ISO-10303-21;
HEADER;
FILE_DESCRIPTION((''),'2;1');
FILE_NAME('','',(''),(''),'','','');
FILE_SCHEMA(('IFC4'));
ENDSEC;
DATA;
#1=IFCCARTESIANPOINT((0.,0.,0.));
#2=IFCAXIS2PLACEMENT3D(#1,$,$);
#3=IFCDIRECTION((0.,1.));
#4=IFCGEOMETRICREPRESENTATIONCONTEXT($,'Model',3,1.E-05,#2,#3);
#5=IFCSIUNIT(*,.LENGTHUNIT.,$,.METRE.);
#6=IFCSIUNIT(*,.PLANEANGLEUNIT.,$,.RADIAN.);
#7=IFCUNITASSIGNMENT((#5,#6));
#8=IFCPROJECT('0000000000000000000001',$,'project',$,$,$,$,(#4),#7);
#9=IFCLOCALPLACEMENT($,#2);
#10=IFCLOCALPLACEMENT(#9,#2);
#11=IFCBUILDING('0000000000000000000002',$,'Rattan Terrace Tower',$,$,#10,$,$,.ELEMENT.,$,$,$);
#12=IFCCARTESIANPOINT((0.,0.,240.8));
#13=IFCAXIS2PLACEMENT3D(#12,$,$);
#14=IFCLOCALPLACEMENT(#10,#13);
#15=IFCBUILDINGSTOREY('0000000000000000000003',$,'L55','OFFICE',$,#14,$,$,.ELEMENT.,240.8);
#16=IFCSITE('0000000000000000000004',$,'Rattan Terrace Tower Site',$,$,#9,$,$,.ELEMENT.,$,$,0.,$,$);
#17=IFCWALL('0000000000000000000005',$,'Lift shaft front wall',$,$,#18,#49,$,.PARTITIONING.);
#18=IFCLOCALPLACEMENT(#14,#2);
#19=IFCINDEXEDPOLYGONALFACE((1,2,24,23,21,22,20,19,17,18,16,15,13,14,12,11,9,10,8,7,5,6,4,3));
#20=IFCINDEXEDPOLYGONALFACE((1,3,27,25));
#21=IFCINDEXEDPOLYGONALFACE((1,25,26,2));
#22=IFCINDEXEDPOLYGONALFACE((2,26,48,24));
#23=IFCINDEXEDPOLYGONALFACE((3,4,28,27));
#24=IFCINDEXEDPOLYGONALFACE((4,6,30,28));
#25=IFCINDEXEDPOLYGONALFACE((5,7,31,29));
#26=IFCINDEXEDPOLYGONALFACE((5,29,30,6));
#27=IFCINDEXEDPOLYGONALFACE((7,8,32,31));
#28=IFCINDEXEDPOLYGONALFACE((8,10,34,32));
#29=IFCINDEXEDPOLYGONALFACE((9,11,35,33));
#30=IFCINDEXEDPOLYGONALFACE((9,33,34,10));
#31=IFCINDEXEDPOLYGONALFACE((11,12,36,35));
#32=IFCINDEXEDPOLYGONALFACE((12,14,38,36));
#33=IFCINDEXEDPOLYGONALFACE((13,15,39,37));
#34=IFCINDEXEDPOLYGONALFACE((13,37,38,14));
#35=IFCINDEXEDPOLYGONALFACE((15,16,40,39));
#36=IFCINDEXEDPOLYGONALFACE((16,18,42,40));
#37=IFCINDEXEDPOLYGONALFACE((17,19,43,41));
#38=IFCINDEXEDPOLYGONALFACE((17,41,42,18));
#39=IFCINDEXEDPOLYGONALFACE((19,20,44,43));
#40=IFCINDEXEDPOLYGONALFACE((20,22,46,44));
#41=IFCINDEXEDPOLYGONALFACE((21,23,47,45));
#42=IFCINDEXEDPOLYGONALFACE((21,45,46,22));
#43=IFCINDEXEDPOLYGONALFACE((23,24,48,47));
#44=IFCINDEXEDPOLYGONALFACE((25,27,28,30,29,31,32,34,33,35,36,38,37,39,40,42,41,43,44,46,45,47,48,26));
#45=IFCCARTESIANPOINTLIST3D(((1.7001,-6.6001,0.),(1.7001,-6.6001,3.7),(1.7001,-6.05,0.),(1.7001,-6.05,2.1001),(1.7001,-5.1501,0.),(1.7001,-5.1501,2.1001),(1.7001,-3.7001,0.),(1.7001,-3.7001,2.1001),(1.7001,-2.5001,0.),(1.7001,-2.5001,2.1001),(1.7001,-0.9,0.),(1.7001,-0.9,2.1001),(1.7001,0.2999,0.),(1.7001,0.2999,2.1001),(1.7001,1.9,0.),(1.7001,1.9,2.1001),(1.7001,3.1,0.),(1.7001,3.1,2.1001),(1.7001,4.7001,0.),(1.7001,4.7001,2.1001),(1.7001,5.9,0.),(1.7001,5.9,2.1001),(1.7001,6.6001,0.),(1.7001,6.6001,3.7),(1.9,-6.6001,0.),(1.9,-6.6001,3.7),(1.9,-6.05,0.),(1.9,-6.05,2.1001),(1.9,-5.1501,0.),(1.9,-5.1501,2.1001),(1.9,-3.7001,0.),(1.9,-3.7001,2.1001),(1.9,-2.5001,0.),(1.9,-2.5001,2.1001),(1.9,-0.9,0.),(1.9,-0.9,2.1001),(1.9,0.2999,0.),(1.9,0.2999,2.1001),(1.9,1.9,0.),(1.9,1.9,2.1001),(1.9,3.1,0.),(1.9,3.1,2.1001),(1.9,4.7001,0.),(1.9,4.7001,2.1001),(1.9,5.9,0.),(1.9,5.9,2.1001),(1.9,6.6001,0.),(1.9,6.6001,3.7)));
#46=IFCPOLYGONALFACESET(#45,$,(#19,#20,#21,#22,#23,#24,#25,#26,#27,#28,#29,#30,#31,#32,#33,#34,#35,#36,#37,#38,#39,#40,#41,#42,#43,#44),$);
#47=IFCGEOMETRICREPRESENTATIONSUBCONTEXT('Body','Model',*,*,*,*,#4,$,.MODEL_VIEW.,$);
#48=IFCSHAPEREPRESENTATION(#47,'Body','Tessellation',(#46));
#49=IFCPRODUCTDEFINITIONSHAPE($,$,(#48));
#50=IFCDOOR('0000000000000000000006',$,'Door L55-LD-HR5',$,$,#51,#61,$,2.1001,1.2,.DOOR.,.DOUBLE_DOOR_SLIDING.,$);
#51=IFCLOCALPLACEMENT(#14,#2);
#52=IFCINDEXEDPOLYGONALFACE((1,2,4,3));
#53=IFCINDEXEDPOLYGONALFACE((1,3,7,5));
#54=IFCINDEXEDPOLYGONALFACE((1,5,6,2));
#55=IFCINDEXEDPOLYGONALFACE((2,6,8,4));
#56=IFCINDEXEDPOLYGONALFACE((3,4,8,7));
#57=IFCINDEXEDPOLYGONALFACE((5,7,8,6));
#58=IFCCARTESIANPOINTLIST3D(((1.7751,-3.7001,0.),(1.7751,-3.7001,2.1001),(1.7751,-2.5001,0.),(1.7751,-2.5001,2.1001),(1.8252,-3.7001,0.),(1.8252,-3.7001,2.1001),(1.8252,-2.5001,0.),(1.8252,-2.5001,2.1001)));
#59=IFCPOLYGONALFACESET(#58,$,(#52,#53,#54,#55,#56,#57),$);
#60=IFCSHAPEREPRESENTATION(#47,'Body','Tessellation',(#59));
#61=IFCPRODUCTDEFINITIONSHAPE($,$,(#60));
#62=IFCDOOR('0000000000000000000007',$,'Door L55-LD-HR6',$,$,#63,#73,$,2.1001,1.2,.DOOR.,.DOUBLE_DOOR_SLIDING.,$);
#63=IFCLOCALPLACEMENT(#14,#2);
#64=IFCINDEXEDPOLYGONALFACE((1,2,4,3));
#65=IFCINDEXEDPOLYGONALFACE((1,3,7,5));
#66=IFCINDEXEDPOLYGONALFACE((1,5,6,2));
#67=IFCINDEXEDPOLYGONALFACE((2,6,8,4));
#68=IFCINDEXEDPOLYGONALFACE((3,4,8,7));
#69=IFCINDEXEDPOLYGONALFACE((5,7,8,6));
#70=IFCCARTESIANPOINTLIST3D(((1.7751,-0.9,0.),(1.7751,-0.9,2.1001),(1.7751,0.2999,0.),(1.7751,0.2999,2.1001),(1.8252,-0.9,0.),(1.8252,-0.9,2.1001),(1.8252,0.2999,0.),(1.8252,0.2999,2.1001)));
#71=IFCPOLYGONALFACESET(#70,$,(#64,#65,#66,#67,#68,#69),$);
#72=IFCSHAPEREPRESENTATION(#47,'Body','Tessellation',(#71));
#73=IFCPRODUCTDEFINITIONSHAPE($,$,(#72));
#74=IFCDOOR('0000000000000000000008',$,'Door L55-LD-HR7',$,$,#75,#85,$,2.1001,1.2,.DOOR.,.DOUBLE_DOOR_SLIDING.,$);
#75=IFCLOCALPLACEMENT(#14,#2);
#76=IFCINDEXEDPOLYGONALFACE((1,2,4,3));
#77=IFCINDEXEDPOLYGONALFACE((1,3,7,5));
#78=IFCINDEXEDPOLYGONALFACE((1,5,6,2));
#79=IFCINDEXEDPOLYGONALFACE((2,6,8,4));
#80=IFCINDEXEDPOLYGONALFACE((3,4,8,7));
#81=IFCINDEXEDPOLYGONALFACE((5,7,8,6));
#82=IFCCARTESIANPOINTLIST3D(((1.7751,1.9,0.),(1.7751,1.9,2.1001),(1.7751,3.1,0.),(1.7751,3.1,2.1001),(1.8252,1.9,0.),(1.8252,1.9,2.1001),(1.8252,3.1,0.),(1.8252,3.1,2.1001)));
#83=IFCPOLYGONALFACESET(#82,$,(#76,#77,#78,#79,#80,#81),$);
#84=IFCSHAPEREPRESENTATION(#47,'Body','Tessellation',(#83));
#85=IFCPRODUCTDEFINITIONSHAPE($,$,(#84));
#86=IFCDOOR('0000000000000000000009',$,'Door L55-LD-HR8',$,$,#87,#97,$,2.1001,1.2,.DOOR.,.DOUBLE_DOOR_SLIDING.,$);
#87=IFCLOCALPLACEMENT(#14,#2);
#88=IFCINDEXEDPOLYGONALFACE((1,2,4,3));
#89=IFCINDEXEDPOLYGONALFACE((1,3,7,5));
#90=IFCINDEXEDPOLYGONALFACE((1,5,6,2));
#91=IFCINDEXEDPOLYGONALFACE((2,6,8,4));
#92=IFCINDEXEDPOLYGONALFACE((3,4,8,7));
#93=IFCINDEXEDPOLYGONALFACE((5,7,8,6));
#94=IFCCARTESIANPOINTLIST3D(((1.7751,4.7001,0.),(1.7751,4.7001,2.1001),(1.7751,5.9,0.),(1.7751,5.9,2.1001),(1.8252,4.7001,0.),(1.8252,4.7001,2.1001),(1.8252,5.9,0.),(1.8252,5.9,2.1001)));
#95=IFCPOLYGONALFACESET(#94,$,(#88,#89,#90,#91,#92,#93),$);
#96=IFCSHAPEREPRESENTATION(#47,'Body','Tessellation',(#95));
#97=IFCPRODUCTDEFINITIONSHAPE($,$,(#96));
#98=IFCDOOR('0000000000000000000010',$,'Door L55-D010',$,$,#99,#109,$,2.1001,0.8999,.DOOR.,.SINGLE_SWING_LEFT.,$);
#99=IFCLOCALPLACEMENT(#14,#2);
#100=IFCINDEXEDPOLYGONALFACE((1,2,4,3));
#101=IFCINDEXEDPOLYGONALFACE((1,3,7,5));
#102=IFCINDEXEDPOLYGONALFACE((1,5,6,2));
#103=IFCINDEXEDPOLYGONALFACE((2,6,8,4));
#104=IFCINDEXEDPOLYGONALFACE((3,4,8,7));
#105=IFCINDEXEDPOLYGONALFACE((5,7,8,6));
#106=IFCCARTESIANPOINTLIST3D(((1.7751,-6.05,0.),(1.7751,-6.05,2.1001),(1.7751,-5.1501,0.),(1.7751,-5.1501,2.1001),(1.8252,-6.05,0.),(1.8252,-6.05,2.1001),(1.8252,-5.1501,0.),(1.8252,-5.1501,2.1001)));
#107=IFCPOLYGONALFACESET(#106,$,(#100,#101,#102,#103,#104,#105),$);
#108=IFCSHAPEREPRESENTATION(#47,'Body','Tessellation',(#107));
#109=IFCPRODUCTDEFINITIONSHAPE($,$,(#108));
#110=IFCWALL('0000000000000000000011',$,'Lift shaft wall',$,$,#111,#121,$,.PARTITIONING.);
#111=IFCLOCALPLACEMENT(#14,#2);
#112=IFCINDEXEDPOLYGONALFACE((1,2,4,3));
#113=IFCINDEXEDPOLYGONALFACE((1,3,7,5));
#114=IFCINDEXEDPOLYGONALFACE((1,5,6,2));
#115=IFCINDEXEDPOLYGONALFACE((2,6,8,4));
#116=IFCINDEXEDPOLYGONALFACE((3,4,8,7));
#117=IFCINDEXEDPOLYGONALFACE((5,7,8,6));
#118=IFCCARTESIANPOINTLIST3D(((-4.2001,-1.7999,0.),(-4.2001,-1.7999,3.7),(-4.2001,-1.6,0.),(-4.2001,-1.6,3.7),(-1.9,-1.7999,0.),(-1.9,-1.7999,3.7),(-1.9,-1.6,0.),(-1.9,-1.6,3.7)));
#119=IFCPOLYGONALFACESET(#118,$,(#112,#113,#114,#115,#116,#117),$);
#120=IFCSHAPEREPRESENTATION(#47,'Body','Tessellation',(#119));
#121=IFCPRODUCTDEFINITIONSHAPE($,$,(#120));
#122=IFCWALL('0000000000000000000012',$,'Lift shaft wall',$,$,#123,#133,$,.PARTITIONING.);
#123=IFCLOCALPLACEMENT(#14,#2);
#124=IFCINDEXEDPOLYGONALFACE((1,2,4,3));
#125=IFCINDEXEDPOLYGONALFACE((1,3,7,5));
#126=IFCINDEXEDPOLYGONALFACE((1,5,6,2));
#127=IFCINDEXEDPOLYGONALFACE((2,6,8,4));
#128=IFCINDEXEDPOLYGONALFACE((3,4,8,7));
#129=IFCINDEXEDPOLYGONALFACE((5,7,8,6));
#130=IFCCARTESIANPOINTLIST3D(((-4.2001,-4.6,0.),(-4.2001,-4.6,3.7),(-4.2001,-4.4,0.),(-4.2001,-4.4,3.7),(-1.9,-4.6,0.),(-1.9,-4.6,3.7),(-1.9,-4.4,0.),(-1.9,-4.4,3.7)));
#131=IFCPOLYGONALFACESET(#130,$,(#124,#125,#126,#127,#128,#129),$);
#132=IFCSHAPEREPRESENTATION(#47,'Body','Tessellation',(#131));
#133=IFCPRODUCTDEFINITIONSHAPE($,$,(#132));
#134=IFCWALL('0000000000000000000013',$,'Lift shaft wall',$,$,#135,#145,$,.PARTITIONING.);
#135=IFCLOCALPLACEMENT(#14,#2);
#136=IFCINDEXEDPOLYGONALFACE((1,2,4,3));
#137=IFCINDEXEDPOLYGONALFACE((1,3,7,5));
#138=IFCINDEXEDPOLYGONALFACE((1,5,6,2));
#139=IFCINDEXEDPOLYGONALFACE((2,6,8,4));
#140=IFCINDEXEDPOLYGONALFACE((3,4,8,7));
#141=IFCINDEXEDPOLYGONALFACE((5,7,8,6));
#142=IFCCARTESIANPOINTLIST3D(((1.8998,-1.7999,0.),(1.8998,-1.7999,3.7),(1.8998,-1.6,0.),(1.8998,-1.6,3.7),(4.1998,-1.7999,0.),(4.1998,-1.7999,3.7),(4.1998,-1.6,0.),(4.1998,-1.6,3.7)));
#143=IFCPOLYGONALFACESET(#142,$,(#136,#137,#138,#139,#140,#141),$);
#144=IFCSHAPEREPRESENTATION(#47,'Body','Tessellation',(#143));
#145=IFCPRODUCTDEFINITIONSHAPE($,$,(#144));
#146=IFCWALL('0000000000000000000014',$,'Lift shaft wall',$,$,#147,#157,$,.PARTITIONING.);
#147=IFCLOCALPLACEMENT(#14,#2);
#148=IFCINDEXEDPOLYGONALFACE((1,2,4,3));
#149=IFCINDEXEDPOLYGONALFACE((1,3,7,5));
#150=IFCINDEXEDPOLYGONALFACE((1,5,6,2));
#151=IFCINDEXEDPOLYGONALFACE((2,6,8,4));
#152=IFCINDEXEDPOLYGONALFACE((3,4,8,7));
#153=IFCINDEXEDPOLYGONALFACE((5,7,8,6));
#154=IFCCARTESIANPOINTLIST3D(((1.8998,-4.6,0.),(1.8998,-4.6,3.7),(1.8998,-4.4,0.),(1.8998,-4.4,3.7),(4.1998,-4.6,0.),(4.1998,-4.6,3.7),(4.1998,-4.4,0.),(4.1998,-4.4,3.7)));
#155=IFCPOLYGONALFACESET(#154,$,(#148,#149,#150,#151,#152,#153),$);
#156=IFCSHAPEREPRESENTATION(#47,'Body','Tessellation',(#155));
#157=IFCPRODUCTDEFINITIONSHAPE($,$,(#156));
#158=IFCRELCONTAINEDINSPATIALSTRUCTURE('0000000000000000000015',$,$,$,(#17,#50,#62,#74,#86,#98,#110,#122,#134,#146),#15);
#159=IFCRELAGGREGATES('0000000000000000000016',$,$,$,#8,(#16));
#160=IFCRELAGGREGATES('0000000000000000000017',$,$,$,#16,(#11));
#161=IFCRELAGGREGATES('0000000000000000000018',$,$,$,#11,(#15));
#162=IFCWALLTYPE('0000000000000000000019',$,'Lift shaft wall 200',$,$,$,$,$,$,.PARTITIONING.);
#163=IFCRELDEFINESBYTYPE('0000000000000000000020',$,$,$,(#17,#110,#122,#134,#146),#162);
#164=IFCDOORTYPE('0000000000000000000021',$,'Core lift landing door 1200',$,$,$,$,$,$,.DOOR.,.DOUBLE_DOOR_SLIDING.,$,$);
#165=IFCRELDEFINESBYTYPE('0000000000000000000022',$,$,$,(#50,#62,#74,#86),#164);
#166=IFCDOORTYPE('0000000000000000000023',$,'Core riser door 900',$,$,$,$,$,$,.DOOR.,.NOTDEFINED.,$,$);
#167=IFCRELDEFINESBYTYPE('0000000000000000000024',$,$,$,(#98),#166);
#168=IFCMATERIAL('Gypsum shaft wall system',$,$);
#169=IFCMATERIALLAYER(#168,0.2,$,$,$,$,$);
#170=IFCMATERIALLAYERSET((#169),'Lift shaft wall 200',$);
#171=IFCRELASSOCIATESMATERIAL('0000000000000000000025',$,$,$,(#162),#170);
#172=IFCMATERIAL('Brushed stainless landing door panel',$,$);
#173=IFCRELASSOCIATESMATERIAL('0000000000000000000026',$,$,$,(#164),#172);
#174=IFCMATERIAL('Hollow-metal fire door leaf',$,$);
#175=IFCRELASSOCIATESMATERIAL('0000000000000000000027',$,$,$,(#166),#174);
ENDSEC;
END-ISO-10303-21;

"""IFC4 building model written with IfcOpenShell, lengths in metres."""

from ifc_helpers import new_model, si_unit, direction, frame, frame_2d, origin, place, context, subcontext, project, spatial, rectangle, extrude, material, layer, layer_set, type_object, element, fill, save


model = new_model("IFC4")

# Units and contexts
model_context = context("Model", 3, precision=1e-05, world=origin(), true_north=direction((0.0, 1.0)))
body_context = subcontext(model_context, "Body", "Model", "MODEL_VIEW")
ifc_project = project(units=[si_unit("LENGTHUNIT", "METRE"), si_unit("PLANEANGLEUNIT", "RADIAN")], contexts=[model_context])

# Site, building, storey
site_placement = place(None, origin())
site = spatial("IfcSite", under=ifc_project, at=site_placement, Name="Rattan Terrace Tower Site", CompositionType="ELEMENT", RefElevation=0.0)
building_placement = place(site_placement, origin())
building = spatial("IfcBuilding", under=site, at=building_placement, Name="Rattan Terrace Tower", CompositionType="ELEMENT")
storey_placement = place(building_placement, frame((0.0, 0.0, 240.8)))
storey = spatial("IfcBuildingStorey", under=building, at=storey_placement, Name="L55", Description="OFFICE", CompositionType="ELEMENT", Elevation=240.8)

# Wall, openings, doors
ifc_material_1 = material(Name="Gypsum shaft wall system")
ifc_layer_1 = layer(ifc_material_1, 0.2)
ifc_layer_set_1 = layer_set([ifc_layer_1], Name="Lift shaft wall 200")
wall_type_1 = type_object("IfcWallType", Name="Lift shaft wall 200", PredefinedType="PARTITIONING", material=ifc_layer_set_1)
ifc_material_2 = material(Name="Brushed stainless landing door panel")
door_type_1 = type_object("IfcDoorType", Name="Core lift landing door 1200", OperationType="DOUBLE_DOOR_SLIDING", PredefinedType="DOOR", material=ifc_material_2)
ifc_material_3 = material(Name="Hollow-metal fire door leaf")
door_type_2 = type_object("IfcDoorType", Name="Core riser door 900", OperationType="NOTDEFINED", PredefinedType="DOOR", material=ifc_material_3)
wall_1_placement = place(storey_placement, frame((1.8, -6.6001, 0.0), z_axis=(0.0, 0.0, 1.0), x_axis=(0.0, 1.0, 0.0)))
wall_1 = element("IfcWall", 1, at=wall_1_placement, inside=storey, type_object=wall_type_1, Name="Lift shaft front wall", PredefinedType="PARTITIONING", context=body_context, shape_type="SweptSolid", body=[
    extrude(rectangle(XDim=13.2002, YDim=0.2, at=frame_2d((6.6001, 0.0))), origin(), (0.0, 0.0, 1.0), 3.7),
])
opening_1_placement = place(wall_1_placement, frame((0.55, 0.0, 0.0)))
opening_1 = element("IfcOpeningElement", 2, at=opening_1_placement, cuts=wall_1, PredefinedType="OPENING", context=body_context, shape_type="SweptSolid", body=[
    extrude(rectangle(XDim=0.8999, YDim=2.1001, at=frame_2d((0.45, 1.05))), frame((0.0, 0.1106, 0.0), z_axis=(0.0, -1.0, 0.0), x_axis=(1.0, 0.0, 0.0)), (0.0, 0.0, 1.0), 0.2209),
])
opening_2_placement = place(wall_1_placement, frame((2.8999, 0.0, 0.0)))
opening_2 = element("IfcOpeningElement", 3, at=opening_2_placement, cuts=wall_1, PredefinedType="OPENING", context=body_context, shape_type="SweptSolid", body=[
    extrude(rectangle(XDim=1.2, YDim=2.1001, at=frame_2d((0.6001, 1.05))), frame((0.0, 0.1106, 0.0), z_axis=(0.0, -1.0, 0.0), x_axis=(1.0, 0.0, 0.0)), (0.0, 0.0, 1.0), 0.2209),
])
opening_3_placement = place(wall_1_placement, frame((5.7, 0.0, 0.0)))
opening_3 = element("IfcOpeningElement", 4, at=opening_3_placement, cuts=wall_1, PredefinedType="OPENING", context=body_context, shape_type="SweptSolid", body=[
    extrude(rectangle(XDim=1.2, YDim=2.1001, at=frame_2d((0.6001, 1.05))), frame((0.0, 0.1106, 0.0), z_axis=(0.0, -1.0, 0.0), x_axis=(1.0, 0.0, 0.0)), (0.0, 0.0, 1.0), 0.2209),
])
opening_4_placement = place(wall_1_placement, frame((8.5, 0.0, 0.0)))
opening_4 = element("IfcOpeningElement", 5, at=opening_4_placement, cuts=wall_1, PredefinedType="OPENING", context=body_context, shape_type="SweptSolid", body=[
    extrude(rectangle(XDim=1.2, YDim=2.1001, at=frame_2d((0.6001, 1.05))), frame((0.0, 0.1106, 0.0), z_axis=(0.0, -1.0, 0.0), x_axis=(1.0, 0.0, 0.0)), (0.0, 0.0, 1.0), 0.2209),
])
opening_5_placement = place(wall_1_placement, frame((11.3, 0.0, 0.0)))
opening_5 = element("IfcOpeningElement", 6, at=opening_5_placement, cuts=wall_1, PredefinedType="OPENING", context=body_context, shape_type="SweptSolid", body=[
    extrude(rectangle(XDim=1.2, YDim=2.1001, at=frame_2d((0.6001, 1.05))), frame((0.0, 0.1106, 0.0), z_axis=(0.0, -1.0, 0.0), x_axis=(1.0, 0.0, 0.0)), (0.0, 0.0, 1.0), 0.2209),
])
door_1_placement = place(opening_2_placement, origin())
door_1 = element("IfcDoor", 7, at=door_1_placement, inside=storey, type_object=door_type_1, Name="Door L55-LD-HR5", OperationType="DOUBLE_DOOR_SLIDING", OverallHeight=2.1001, OverallWidth=1.2, PredefinedType="DOOR", context=body_context, shape_type="SweptSolid", body=[
    extrude(rectangle(XDim=1.2, YDim=2.1001, at=frame_2d((0.6001, 1.05))), frame((0.0, 0.0249, 0.0), z_axis=(0.0, -1.0, 0.0), x_axis=(1.0, 0.0, 0.0)), (0.0, 0.0, 1.0), 0.05),
])
fill(opening_2, door_1)
door_2_placement = place(opening_3_placement, origin())
door_2 = element("IfcDoor", 8, at=door_2_placement, inside=storey, type_object=door_type_1, Name="Door L55-LD-HR6", OperationType="DOUBLE_DOOR_SLIDING", OverallHeight=2.1001, OverallWidth=1.2, PredefinedType="DOOR", context=body_context, shape_type="SweptSolid", body=[
    extrude(rectangle(XDim=1.2, YDim=2.1001, at=frame_2d((0.6001, 1.05))), frame((0.0, 0.0249, 0.0), z_axis=(0.0, -1.0, 0.0), x_axis=(1.0, 0.0, 0.0)), (0.0, 0.0, 1.0), 0.05),
])
fill(opening_3, door_2)
door_3_placement = place(opening_4_placement, origin())
door_3 = element("IfcDoor", 9, at=door_3_placement, inside=storey, type_object=door_type_1, Name="Door L55-LD-HR7", OperationType="DOUBLE_DOOR_SLIDING", OverallHeight=2.1001, OverallWidth=1.2, PredefinedType="DOOR", context=body_context, shape_type="SweptSolid", body=[
    extrude(rectangle(XDim=1.2, YDim=2.1001, at=frame_2d((0.6001, 1.05))), frame((0.0, 0.0249, 0.0), z_axis=(0.0, -1.0, 0.0), x_axis=(1.0, 0.0, 0.0)), (0.0, 0.0, 1.0), 0.05),
])
fill(opening_4, door_3)
door_4_placement = place(opening_5_placement, origin())
door_4 = element("IfcDoor", 10, at=door_4_placement, inside=storey, type_object=door_type_1, Name="Door L55-LD-HR8", OperationType="DOUBLE_DOOR_SLIDING", OverallHeight=2.1001, OverallWidth=1.2, PredefinedType="DOOR", context=body_context, shape_type="SweptSolid", body=[
    extrude(rectangle(XDim=1.2, YDim=2.1001, at=frame_2d((0.6001, 1.05))), frame((0.0, 0.0249, 0.0), z_axis=(0.0, -1.0, 0.0), x_axis=(1.0, 0.0, 0.0)), (0.0, 0.0, 1.0), 0.05),
])
fill(opening_5, door_4)
door_5_placement = place(opening_1_placement, origin())
door_5 = element("IfcDoor", 11, at=door_5_placement, inside=storey, type_object=door_type_2, Name="Door L55-D010", OperationType="SINGLE_SWING_LEFT", OverallHeight=2.1001, OverallWidth=0.8999, PredefinedType="DOOR", context=body_context, shape_type="SweptSolid", body=[
    extrude(rectangle(XDim=0.8999, YDim=2.1001, at=frame_2d((0.45, 1.05))), frame((0.0, 0.0249, 0.0), z_axis=(0.0, -1.0, 0.0), x_axis=(1.0, 0.0, 0.0)), (0.0, 0.0, 1.0), 0.05),
])
fill(opening_1, door_5)

# Walls
for number, where, z_axis, x_axis, name in (
    (12, (-4.2, -1.7, 0.0), (0.0, 0.0, 1.0), (1.0, 0.0, 0.0), "Lift shaft wall"),
    (13, (-4.2, -4.5, 0.0), (0.0, 0.0, 1.0), (1.0, 0.0, 0.0), "Lift shaft wall"),
    (14, (1.8999, -1.7, 0.0), (0.0, 0.0, 1.0), (1.0, 0.0, 0.0), "Lift shaft wall"),
    (15, (1.8999, -4.5, 0.0), (0.0, 0.0, 1.0), (1.0, 0.0, 0.0), "Lift shaft wall"),
):
    element("IfcWall", number, at=place(storey_placement, frame(where, z_axis=z_axis, x_axis=x_axis)), inside=storey, type_object=wall_type_1, Name=name, PredefinedType="PARTITIONING", context=body_context, shape_type="SweptSolid", body=[
        extrude(rectangle(XDim=2.3, YDim=0.2, at=frame_2d((1.1499, 0.0))), origin(), (0.0, 0.0, 1.0), 3.7),
    ])

save(model, "model.ifc")
